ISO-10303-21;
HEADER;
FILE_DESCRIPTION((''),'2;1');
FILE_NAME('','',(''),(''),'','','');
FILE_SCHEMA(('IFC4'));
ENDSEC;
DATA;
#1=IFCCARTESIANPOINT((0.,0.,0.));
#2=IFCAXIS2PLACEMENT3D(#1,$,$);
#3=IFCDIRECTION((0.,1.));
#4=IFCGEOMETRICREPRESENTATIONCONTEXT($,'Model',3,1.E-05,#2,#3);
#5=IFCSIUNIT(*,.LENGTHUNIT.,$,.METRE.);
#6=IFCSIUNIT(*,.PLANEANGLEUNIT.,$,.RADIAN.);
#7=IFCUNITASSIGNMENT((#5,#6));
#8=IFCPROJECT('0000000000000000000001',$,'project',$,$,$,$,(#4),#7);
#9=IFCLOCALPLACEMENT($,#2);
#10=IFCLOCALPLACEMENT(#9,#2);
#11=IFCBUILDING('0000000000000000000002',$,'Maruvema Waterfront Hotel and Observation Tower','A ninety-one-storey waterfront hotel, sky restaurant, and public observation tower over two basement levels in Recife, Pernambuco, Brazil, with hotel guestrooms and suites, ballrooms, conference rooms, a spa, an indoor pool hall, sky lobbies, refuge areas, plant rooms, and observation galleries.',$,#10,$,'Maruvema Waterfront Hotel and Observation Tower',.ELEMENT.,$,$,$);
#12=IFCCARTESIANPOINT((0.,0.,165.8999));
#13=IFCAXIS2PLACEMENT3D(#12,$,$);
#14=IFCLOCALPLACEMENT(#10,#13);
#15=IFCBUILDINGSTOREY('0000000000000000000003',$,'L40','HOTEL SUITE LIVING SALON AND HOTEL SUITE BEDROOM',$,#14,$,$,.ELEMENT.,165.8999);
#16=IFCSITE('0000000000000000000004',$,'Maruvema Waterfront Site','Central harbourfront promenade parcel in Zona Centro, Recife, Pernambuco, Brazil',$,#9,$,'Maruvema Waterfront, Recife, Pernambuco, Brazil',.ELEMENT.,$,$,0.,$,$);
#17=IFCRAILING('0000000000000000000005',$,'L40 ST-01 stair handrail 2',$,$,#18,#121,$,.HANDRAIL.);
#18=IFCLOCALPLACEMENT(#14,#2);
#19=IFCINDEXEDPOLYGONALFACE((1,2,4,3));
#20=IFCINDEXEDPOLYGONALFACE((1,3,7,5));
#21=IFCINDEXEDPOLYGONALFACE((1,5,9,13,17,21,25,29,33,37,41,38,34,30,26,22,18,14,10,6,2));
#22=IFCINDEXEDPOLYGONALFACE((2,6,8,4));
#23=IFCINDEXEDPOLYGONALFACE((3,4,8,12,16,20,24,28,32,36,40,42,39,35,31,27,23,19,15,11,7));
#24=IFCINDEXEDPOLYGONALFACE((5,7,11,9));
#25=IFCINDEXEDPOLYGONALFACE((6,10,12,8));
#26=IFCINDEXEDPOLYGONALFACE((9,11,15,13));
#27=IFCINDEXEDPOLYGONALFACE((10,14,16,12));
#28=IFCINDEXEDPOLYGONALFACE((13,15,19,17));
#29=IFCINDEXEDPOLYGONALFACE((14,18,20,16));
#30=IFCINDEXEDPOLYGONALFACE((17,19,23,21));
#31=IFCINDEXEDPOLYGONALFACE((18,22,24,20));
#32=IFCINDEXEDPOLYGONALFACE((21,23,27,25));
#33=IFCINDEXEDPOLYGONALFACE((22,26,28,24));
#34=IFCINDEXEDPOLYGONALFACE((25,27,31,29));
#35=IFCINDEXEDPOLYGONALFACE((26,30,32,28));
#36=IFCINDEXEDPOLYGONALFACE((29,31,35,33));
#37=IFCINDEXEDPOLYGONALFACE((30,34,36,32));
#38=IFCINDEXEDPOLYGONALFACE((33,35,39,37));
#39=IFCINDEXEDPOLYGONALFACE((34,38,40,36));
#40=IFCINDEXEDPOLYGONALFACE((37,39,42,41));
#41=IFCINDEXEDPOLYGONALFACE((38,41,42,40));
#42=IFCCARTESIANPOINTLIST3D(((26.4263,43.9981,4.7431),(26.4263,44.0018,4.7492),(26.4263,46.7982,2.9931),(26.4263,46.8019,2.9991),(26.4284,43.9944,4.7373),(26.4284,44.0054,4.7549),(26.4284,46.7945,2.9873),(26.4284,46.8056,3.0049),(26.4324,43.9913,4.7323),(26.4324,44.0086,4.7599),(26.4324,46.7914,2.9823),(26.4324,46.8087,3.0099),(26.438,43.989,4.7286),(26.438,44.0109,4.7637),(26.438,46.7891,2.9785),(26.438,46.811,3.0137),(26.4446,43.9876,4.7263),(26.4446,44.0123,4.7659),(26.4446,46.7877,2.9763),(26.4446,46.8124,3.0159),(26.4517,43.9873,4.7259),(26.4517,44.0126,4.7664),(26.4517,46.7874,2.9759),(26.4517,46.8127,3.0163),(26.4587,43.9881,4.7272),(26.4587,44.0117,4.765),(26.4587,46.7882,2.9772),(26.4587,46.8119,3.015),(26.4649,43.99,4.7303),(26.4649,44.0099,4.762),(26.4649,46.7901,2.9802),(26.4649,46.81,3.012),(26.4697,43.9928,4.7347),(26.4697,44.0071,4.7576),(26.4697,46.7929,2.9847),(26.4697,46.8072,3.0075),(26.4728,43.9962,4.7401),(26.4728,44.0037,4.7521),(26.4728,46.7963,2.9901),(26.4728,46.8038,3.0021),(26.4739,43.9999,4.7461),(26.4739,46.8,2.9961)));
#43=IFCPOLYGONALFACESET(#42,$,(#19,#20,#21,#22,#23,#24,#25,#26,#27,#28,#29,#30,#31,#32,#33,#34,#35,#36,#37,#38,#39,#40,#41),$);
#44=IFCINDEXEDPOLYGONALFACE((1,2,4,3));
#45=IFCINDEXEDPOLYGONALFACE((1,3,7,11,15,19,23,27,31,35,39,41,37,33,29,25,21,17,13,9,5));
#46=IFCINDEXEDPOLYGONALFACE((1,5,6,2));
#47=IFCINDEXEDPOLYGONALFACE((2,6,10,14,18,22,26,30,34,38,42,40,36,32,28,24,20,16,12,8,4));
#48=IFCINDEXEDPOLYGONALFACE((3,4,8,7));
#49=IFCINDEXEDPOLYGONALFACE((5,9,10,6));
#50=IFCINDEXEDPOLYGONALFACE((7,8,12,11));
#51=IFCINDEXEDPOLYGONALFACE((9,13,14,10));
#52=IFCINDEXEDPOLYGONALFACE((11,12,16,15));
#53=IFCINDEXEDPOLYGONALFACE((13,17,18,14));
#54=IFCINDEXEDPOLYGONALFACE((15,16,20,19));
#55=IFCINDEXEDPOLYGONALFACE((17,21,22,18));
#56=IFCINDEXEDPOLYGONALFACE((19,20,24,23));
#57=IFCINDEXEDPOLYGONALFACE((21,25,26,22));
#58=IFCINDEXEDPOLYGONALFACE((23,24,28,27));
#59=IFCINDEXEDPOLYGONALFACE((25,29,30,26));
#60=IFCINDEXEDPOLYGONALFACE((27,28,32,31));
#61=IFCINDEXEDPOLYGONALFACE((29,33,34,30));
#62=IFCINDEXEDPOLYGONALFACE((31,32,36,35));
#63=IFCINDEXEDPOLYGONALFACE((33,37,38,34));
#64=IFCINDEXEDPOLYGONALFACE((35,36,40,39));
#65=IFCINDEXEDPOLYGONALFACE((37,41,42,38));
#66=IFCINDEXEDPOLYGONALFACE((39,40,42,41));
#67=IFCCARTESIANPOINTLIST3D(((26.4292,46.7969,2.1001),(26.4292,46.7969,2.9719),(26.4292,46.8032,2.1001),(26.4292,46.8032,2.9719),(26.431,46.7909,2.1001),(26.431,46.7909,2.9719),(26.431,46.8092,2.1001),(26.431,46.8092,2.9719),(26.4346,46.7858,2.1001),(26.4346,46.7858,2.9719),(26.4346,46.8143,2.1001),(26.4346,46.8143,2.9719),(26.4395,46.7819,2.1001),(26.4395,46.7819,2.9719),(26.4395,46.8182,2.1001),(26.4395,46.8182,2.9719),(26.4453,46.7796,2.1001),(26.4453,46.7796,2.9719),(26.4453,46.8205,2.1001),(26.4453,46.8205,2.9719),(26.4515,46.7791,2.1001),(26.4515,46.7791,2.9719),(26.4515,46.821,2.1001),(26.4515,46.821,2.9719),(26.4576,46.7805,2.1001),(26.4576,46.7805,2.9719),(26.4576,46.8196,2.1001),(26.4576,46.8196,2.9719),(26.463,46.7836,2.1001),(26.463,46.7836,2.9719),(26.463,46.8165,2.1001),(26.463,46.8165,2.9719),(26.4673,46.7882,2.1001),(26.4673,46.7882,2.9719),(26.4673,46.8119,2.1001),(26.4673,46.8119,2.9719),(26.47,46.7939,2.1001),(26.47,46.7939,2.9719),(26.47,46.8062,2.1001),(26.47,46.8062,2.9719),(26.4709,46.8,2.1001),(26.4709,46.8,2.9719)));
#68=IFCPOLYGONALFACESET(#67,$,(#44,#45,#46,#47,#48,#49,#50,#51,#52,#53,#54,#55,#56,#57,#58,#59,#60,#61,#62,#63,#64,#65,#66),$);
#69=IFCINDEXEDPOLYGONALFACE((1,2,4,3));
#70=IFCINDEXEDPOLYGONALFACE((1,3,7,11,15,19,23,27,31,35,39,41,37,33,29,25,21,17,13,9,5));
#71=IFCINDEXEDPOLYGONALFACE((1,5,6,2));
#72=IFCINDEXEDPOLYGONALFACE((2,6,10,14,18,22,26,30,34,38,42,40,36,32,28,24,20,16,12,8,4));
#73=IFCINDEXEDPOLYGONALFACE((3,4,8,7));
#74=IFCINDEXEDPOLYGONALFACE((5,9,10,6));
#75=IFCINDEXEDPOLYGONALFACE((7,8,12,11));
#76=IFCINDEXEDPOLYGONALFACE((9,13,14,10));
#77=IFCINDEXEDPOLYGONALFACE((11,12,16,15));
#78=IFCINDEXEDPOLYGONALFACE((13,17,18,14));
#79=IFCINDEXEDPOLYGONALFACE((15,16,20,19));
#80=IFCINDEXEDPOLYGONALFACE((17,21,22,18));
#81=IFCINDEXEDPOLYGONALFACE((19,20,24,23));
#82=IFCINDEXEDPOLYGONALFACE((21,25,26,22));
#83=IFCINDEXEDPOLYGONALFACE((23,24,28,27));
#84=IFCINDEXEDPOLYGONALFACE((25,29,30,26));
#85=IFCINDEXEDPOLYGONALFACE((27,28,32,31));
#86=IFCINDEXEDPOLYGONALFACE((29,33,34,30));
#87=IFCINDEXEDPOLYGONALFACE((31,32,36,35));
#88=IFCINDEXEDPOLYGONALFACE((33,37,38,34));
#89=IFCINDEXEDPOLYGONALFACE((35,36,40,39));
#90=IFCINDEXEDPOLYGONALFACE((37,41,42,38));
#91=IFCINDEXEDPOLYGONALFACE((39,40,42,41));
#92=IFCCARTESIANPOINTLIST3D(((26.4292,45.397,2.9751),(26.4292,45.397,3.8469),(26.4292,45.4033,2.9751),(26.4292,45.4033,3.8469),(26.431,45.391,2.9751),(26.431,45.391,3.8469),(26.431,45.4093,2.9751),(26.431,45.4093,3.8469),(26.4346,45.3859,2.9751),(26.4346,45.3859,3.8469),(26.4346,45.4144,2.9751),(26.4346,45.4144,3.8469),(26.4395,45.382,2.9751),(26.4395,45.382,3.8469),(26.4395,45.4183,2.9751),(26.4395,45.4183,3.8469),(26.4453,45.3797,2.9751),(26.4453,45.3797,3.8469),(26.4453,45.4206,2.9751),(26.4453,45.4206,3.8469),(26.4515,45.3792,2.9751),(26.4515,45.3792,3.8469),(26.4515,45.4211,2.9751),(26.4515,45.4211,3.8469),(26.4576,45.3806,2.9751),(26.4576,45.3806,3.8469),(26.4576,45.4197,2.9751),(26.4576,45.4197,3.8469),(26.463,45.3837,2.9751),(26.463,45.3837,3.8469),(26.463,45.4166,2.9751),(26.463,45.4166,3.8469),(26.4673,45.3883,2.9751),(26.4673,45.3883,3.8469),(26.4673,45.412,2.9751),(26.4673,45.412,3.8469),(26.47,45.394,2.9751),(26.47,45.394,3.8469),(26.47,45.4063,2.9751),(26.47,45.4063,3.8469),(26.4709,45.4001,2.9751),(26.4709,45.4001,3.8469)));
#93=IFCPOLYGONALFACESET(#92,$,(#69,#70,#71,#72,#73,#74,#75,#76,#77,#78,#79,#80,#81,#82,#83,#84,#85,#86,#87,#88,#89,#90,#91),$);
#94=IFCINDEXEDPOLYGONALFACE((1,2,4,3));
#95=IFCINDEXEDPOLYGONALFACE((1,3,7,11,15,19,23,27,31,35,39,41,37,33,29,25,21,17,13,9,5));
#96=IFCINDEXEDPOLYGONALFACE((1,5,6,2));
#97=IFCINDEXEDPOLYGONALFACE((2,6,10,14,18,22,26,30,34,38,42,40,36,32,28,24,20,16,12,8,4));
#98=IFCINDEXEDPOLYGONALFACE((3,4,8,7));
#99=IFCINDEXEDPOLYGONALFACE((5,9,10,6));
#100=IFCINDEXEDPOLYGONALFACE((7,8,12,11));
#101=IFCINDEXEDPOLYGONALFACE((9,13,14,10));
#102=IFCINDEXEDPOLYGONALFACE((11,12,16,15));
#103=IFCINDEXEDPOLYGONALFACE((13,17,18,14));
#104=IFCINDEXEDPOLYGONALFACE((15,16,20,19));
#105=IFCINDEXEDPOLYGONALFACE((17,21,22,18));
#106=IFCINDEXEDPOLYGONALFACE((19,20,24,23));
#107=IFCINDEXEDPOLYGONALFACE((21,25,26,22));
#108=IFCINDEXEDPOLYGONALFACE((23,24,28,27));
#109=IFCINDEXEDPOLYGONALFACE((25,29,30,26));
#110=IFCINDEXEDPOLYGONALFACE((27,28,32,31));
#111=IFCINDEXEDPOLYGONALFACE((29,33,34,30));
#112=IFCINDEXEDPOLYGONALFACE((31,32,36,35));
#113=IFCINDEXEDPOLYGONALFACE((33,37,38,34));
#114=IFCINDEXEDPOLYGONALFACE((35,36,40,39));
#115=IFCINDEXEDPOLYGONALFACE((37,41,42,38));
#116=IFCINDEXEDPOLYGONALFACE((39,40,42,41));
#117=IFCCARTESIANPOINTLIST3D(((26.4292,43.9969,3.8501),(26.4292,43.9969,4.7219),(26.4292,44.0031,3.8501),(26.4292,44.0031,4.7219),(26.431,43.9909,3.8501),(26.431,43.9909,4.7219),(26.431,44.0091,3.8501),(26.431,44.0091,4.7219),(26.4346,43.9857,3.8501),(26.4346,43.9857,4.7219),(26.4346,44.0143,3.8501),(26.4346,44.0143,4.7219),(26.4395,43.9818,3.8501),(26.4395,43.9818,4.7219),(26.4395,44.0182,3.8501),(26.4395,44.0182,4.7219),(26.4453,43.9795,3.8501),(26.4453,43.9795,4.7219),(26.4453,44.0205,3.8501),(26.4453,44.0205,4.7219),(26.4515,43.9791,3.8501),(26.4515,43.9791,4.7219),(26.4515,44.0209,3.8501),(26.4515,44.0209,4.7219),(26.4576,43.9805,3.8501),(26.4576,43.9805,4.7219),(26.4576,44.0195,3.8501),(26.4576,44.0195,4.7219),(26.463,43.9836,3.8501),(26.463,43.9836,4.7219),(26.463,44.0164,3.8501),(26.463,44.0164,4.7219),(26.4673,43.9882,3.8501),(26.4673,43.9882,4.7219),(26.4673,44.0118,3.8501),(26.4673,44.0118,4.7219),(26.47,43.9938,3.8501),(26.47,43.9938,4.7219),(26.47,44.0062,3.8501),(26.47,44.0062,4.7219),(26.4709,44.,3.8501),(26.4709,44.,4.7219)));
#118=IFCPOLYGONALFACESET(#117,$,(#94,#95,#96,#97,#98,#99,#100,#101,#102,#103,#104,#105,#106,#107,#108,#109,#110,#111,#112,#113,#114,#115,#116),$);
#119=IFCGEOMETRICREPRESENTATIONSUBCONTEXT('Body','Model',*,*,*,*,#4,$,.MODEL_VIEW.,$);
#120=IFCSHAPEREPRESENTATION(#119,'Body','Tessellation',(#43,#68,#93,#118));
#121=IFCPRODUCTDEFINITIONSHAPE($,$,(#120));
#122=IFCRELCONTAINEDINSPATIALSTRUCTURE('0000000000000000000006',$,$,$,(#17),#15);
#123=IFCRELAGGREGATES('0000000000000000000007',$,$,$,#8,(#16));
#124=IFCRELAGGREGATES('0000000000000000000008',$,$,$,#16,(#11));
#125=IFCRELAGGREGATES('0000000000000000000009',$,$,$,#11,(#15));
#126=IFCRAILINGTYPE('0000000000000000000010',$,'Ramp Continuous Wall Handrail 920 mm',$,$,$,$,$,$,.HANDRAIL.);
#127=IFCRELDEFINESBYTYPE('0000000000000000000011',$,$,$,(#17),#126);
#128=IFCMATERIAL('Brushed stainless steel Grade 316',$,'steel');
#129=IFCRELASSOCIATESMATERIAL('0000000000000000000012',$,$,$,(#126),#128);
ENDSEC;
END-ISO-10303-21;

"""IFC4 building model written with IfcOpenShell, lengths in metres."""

from ifc_helpers import new_model, si_unit, direction, frame, origin, origin_2d, place, context, subcontext, project, spatial, circle, extrude, material, type_object, element, save


model = new_model("IFC4")

# Units and contexts
model_context = context("Model", 3, precision=1e-05, world=origin(), true_north=direction((0.0, 1.0)))
body_context = subcontext(model_context, "Body", "Model", "MODEL_VIEW")
ifc_project = project(units=[si_unit("LENGTHUNIT", "METRE"), si_unit("PLANEANGLEUNIT", "RADIAN")], contexts=[model_context])

# Site, building, storey
site_placement = place(None, origin())
site = spatial("IfcSite", under=ifc_project, at=site_placement, Name="Maruvema Waterfront Site", Description="Central harbourfront promenade parcel in Zona Centro, Recife, Pernambuco, Brazil", LongName="Maruvema Waterfront, Recife, Pernambuco, Brazil", CompositionType="ELEMENT", RefElevation=0.0)
building_placement = place(site_placement, origin())
building = spatial("IfcBuilding", under=site, at=building_placement, Name="Maruvema Waterfront Hotel and Observation Tower", Description="A ninety-one-storey waterfront hotel, sky restaurant, and public observation tower over two basement levels in Recife, Pernambuco, Brazil, with hotel guestrooms and suites, ballrooms, conference rooms, a spa, an indoor pool hall, sky lobbies, refuge areas, plant rooms, and observation galleries.", LongName="Maruvema Waterfront Hotel and Observation Tower", CompositionType="ELEMENT")
storey_placement = place(building_placement, frame((0.0, 0.0, 165.8999)))
storey = spatial("IfcBuildingStorey", under=building, at=storey_placement, Name="L40", Description="HOTEL SUITE LIVING SALON AND HOTEL SUITE BEDROOM", CompositionType="ELEMENT", Elevation=165.8999)

# Railing
ifc_material_1 = material(Name="Brushed stainless steel Grade 316", Category="steel")
railing_type_1 = type_object("IfcRailingType", Name="Ramp Continuous Wall Handrail 920 mm", PredefinedType="HANDRAIL", material=ifc_material_1)
railing_1_placement = place(storey_placement, frame((26.45, 46.8, 2.1001)))
element("IfcRailing", 1, at=railing_1_placement, inside=storey, type_object=railing_type_1, Name="L40 ST-01 stair handrail 2", PredefinedType="HANDRAIL", context=body_context, shape_type="SweptSolid", body=[
    extrude(circle(Radius=0.0239, at=origin_2d()), frame((0.0, 0.0, 0.896), z_axis=(0.0, -0.848002, 0.529992), x_axis=(1.0, 0.0, 0.0)), (0.0, 0.0, 1.0), 3.302),
    extrude(circle(Radius=0.021, at=origin_2d()), origin(), (0.0, 0.0, 1.0), 0.8718),
    extrude(circle(Radius=0.021, at=origin_2d()), frame((0.0, -1.3999, 0.875)), (0.0, 0.0, 1.0), 0.8718),
    extrude(circle(Radius=0.021, at=origin_2d()), frame((0.0, -2.8, 1.75)), (0.0, 0.0, 1.0), 0.8718),
])

save(model, "model.ifc")
